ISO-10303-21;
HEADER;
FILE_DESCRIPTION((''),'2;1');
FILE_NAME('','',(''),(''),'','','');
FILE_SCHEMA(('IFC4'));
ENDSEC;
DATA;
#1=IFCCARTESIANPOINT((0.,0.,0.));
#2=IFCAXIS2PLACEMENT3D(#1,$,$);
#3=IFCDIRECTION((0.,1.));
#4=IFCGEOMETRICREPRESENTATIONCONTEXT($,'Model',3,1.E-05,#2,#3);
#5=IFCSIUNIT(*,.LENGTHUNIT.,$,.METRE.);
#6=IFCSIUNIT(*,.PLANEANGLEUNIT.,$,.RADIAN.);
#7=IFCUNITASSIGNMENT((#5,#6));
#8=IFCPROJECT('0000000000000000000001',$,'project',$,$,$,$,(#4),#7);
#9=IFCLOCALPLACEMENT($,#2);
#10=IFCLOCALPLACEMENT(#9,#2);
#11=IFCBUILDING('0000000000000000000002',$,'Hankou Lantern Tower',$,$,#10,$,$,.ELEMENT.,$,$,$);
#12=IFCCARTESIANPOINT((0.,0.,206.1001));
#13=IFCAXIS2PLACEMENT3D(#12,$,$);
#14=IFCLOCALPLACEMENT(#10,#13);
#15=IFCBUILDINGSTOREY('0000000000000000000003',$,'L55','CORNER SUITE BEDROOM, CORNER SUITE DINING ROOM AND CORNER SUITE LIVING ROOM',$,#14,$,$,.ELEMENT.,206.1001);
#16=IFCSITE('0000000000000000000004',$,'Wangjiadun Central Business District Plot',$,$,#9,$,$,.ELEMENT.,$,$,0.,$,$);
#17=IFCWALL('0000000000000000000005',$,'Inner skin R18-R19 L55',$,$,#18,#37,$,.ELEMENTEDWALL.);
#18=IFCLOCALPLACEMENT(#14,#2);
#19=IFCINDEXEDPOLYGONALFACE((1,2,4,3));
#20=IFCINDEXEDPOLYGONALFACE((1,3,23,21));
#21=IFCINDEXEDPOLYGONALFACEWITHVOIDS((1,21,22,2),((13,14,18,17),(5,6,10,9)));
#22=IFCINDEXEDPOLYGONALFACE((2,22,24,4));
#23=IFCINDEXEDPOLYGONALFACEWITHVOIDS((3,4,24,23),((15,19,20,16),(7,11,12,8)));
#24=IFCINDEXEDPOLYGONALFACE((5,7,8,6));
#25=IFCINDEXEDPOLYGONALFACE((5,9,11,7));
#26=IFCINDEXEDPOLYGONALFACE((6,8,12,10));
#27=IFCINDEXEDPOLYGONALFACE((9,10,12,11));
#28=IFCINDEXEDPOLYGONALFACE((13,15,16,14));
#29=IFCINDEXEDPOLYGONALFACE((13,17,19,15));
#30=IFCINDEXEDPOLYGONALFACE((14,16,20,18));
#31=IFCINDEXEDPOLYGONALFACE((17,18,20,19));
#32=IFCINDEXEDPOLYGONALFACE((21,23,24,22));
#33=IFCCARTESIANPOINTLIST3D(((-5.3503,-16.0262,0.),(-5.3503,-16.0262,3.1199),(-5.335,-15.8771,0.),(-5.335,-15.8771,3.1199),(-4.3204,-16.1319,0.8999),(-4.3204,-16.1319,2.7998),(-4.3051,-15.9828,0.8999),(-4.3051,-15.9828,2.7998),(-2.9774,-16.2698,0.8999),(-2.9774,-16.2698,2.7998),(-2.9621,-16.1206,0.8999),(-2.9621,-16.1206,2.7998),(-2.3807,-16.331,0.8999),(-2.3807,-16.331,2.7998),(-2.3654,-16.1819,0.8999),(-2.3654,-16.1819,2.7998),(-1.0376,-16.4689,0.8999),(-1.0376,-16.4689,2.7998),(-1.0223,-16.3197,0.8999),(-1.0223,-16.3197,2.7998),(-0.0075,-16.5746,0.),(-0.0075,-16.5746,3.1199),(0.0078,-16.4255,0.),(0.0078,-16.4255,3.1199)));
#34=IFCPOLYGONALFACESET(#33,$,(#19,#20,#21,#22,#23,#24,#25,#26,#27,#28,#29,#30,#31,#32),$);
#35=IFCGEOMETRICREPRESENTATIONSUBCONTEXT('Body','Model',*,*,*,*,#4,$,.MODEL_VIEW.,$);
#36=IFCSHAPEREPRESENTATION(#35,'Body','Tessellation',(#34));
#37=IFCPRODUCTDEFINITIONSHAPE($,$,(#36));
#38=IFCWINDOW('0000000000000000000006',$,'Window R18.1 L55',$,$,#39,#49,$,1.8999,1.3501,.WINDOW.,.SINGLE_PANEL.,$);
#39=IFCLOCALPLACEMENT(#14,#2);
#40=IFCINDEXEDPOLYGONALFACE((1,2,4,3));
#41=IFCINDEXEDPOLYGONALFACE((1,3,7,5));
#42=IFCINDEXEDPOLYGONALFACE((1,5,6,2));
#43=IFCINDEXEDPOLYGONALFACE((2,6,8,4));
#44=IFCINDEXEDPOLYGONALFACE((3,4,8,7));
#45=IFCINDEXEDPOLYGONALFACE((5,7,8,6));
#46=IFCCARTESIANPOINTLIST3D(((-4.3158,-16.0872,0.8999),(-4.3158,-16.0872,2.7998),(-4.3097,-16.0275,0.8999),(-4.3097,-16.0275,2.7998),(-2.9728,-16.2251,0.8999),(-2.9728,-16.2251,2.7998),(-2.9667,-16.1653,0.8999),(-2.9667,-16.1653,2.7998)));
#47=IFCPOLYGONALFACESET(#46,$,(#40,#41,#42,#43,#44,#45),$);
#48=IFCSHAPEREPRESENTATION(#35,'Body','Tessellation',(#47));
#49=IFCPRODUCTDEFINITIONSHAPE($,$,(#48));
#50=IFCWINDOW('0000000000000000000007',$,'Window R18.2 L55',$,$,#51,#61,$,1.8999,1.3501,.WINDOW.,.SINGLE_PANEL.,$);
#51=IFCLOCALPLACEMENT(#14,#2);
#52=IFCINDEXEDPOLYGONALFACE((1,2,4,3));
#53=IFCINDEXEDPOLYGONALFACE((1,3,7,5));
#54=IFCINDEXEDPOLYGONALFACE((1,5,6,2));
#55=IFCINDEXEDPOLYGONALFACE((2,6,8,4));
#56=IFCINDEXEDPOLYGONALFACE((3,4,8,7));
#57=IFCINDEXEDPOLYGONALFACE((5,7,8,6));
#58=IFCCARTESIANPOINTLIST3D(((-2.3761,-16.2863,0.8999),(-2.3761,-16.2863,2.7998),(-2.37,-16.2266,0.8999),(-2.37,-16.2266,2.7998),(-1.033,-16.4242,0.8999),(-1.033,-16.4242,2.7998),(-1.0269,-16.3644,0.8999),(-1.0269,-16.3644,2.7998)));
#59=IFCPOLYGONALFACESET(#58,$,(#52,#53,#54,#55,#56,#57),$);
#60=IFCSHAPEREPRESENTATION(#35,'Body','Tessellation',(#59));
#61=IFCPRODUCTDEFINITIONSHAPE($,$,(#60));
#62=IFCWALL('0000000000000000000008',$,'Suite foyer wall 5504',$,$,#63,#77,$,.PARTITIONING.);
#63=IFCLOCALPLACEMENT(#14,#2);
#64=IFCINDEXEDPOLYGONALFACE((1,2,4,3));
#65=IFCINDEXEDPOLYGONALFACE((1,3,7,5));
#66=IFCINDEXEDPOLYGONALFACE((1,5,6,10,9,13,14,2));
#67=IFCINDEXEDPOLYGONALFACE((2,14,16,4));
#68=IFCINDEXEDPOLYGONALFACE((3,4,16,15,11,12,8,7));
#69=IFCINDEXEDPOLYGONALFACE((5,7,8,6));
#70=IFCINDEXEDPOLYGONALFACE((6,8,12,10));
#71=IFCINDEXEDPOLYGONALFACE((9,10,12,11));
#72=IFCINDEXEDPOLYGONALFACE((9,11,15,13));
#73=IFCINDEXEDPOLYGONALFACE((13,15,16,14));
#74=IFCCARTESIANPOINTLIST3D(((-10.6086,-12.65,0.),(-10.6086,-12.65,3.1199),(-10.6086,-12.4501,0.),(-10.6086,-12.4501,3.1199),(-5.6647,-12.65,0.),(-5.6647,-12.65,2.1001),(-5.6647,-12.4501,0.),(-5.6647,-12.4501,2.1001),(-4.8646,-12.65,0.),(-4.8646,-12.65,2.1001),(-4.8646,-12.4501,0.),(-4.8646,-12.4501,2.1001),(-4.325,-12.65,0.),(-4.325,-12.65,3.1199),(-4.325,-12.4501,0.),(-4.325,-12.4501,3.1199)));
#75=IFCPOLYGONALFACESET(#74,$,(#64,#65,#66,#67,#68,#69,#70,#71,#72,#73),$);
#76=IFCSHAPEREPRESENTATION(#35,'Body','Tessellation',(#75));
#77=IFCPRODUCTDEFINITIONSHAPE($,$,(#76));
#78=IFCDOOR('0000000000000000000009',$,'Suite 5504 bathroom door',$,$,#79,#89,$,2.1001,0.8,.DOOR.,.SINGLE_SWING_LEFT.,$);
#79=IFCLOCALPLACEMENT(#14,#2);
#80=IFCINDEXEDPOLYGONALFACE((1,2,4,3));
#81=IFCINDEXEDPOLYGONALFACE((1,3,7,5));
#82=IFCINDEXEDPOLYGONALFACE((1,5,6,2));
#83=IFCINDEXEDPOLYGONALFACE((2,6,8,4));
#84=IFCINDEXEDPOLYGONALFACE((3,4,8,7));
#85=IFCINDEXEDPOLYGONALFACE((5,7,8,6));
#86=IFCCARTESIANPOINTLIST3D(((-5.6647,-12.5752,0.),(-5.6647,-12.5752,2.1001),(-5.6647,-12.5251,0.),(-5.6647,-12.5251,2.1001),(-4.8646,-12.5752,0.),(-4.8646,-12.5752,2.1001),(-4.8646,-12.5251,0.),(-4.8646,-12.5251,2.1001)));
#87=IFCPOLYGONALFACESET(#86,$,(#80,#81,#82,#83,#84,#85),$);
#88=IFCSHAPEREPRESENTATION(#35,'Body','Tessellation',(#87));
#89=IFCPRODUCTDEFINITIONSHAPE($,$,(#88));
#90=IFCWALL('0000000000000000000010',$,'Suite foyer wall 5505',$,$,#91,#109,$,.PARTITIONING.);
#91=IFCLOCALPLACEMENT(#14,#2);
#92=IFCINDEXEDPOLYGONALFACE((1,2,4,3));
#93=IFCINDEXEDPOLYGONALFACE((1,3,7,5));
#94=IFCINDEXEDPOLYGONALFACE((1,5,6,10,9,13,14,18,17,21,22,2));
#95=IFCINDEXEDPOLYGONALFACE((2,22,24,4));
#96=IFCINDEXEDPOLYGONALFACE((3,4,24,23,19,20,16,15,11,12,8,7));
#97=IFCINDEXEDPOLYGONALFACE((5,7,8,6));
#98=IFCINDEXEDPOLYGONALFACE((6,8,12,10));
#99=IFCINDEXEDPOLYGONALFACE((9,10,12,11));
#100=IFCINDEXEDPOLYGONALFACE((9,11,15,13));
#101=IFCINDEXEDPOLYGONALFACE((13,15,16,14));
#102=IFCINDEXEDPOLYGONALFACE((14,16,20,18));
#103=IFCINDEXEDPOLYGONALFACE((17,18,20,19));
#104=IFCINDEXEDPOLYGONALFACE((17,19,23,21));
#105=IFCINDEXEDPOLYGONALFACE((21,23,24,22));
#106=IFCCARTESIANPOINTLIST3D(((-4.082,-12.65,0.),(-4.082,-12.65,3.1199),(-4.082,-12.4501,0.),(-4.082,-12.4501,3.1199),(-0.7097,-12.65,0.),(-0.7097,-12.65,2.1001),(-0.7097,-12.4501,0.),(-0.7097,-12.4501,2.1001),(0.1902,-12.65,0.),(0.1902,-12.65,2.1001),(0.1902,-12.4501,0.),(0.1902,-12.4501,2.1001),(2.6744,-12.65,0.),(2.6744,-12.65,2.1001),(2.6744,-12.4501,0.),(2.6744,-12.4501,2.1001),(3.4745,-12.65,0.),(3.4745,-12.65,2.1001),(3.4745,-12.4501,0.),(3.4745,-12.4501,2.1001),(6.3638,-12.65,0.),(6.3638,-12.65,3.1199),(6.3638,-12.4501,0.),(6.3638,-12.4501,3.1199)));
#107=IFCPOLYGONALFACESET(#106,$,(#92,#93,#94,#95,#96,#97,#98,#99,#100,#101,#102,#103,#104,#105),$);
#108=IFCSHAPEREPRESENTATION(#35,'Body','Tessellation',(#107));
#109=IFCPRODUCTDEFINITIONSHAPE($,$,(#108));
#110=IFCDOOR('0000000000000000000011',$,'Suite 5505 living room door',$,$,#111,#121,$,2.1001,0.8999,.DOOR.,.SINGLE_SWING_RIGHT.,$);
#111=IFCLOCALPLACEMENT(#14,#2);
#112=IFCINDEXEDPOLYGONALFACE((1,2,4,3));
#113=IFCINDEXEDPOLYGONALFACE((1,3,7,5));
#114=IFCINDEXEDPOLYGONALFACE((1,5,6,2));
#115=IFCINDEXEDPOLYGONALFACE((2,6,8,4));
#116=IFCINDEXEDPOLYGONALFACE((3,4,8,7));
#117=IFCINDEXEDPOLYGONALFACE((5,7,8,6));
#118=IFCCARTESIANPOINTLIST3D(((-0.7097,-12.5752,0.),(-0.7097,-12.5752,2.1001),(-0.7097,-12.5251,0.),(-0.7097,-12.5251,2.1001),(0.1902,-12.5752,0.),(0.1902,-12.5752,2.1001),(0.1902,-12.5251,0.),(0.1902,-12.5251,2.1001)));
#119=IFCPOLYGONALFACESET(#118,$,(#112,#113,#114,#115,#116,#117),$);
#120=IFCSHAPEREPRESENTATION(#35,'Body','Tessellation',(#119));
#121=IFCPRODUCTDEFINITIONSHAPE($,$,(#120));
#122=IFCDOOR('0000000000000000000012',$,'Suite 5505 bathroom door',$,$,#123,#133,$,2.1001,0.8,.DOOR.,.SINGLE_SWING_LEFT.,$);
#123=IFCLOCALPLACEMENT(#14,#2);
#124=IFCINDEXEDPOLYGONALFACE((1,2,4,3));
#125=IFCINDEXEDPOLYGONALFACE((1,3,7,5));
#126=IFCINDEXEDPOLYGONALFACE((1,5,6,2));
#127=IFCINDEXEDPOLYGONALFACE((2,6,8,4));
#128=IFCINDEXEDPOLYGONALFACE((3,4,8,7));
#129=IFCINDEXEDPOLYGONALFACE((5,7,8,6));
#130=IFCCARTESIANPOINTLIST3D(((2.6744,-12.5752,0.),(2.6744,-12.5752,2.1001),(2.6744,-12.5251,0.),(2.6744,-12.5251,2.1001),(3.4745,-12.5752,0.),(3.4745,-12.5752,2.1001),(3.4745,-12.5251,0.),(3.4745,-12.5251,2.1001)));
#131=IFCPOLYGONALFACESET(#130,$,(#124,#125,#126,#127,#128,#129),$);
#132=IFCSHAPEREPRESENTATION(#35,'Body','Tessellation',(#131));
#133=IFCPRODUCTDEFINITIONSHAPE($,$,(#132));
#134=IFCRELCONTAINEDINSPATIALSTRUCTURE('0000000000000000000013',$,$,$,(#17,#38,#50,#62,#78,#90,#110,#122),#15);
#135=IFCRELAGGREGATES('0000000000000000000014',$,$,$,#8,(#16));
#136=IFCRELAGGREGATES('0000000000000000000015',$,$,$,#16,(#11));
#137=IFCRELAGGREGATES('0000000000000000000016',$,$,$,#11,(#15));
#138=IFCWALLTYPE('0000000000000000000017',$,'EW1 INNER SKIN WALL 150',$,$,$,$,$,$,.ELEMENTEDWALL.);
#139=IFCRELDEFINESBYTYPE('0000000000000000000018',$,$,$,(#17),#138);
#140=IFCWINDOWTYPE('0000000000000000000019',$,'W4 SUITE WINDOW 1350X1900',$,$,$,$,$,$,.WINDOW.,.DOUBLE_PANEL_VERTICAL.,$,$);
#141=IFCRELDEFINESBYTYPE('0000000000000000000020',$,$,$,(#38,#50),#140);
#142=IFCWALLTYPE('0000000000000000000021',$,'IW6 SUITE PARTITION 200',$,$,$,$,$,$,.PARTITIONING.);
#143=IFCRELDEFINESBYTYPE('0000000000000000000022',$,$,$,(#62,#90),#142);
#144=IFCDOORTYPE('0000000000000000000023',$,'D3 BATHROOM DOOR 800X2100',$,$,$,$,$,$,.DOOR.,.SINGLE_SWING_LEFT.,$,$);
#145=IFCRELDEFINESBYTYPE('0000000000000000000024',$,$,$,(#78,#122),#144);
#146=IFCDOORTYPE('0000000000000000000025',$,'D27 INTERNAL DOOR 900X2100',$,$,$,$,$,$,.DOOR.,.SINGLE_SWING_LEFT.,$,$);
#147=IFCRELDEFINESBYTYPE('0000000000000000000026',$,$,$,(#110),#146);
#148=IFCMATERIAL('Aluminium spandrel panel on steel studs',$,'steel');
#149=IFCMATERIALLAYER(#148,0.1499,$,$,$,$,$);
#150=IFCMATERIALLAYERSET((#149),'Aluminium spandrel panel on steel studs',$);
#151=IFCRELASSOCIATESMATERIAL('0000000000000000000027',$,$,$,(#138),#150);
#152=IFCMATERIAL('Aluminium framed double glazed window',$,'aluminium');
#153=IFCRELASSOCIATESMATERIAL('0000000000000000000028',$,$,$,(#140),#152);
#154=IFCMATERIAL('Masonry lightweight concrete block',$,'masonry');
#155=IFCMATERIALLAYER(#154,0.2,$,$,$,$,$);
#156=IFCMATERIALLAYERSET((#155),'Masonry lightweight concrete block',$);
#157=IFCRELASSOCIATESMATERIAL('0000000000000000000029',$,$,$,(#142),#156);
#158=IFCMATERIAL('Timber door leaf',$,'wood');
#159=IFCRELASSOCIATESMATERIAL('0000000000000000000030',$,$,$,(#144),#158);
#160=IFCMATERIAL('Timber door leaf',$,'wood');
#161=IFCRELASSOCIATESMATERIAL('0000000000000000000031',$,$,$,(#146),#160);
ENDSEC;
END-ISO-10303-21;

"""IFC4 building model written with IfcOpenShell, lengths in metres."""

from ifc_helpers import new_model, si_unit, direction, frame, frame_2d, origin, place, context, subcontext, project, spatial, rectangle, extrude, material, layer, layer_set, type_object, element, fill, save


model = new_model("IFC4")

# Units and contexts
model_context = context("Model", 3, precision=1e-05, world=origin(), true_north=direction((0.0, 1.0)))
body_context = subcontext(model_context, "Body", "Model", "MODEL_VIEW")
ifc_project = project(units=[si_unit("LENGTHUNIT", "METRE"), si_unit("PLANEANGLEUNIT", "RADIAN")], contexts=[model_context])

# Site, building, storey
site_placement = place(None, origin())
site = spatial("IfcSite", under=ifc_project, at=site_placement, Name="Wangjiadun Central Business District Plot", CompositionType="ELEMENT", RefElevation=0.0)
building_placement = place(site_placement, origin())
building = spatial("IfcBuilding", under=site, at=building_placement, Name="Hankou Lantern Tower", CompositionType="ELEMENT")
storey_placement = place(building_placement, frame((0.0, 0.0, 206.1001)))
storey = spatial("IfcBuildingStorey", under=building, at=storey_placement, Name="L55", Description="CORNER SUITE BEDROOM, CORNER SUITE DINING ROOM AND CORNER SUITE LIVING ROOM", CompositionType="ELEMENT", Elevation=206.1001)

# Wall, openings, windows
ifc_material_1 = material(Name="Aluminium spandrel panel on steel studs", Category="steel")
ifc_layer_1 = layer(ifc_material_1, 0.1499)
ifc_layer_set_1 = layer_set([ifc_layer_1], Name="Aluminium spandrel panel on steel studs")
wall_type_1 = type_object("IfcWallType", Name="EW1 INNER SKIN WALL 150", PredefinedType="ELEMENTEDWALL", material=ifc_layer_set_1)
ifc_material_2 = material(Name="Aluminium framed double glazed window", Category="aluminium")
window_type = type_object("IfcWindowType", Name="W4 SUITE WINDOW 1350X1900", PartitioningType="DOUBLE_PANEL_VERTICAL", PredefinedType="WINDOW", material=ifc_material_2)
wall_1_placement = place(storey_placement, frame((-5.3428, -15.9517, 0.0), z_axis=(0.0, 0.0, 1.0), x_axis=(0.994775, -0.102096, 0.0)))
wall_1 = element("IfcWall", 1, at=wall_1_placement, inside=storey, type_object=wall_type_1, Name="Inner skin R18-R19 L55", PredefinedType="ELEMENTEDWALL", context=body_context, shape_type="SweptSolid", body=[
    extrude(rectangle(XDim=5.3708, YDim=0.1499, at=frame_2d((2.6855, 0.0))), origin(), (0.0, 0.0, 1.0), 3.1199),
])
opening_1_placement = place(wall_1_placement, frame((1.0354, 0.0, 0.8999)))
opening_1 = element("IfcOpeningElement", 2, at=opening_1_placement, cuts=wall_1, PredefinedType="OPENING", context=body_context, shape_type="SweptSolid", body=[
    extrude(rectangle(XDim=1.3501, YDim=1.8999, at=frame_2d((0.675, 0.95))), frame((0.0, 0.085, 0.0), z_axis=(0.0, -1.0, 0.0), x_axis=(1.0, 0.0, 0.0)), (0.0, 0.0, 1.0), 0.1699),
])
opening_2_placement = place(wall_1_placement, frame((2.9854, 0.0, 0.8999)))
opening_2 = element("IfcOpeningElement", 3, at=opening_2_placement, cuts=wall_1, PredefinedType="OPENING", context=body_context, shape_type="SweptSolid", body=[
    extrude(rectangle(XDim=1.3501, YDim=1.8999, at=frame_2d((0.675, 0.95))), frame((0.0, 0.085, 0.0), z_axis=(0.0, -1.0, 0.0), x_axis=(1.0, 0.0, 0.0)), (0.0, 0.0, 1.0), 0.1699),
])
window_1_placement = place(opening_1_placement, origin())
window_1 = element("IfcWindow", 4, at=window_1_placement, inside=storey, type_object=window_type, Name="Window R18.1 L55", OverallHeight=1.8999, OverallWidth=1.3501, PartitioningType="SINGLE_PANEL", PredefinedType="WINDOW", context=body_context, shape_type="SweptSolid", body=[
    extrude(rectangle(XDim=1.3501, YDim=1.8999, at=frame_2d((0.675, 0.95))), frame((0.0, 0.03, 0.0), z_axis=(0.0, -1.0, 0.0), x_axis=(1.0, 0.0, 0.0)), (0.0, 0.0, 1.0), 0.0601),
])
fill(opening_1, window_1)
window_2_placement = place(opening_2_placement, origin())
window_2 = element("IfcWindow", 5, at=window_2_placement, inside=storey, type_object=window_type, Name="Window R18.2 L55", OverallHeight=1.8999, OverallWidth=1.3501, PartitioningType="SINGLE_PANEL", PredefinedType="WINDOW", context=body_context, shape_type="SweptSolid", body=[
    extrude(rectangle(XDim=1.3501, YDim=1.8999, at=frame_2d((0.675, 0.95))), frame((0.0, 0.03, 0.0), z_axis=(0.0, -1.0, 0.0), x_axis=(1.0, 0.0, 0.0)), (0.0, 0.0, 1.0), 0.0601),
])
fill(opening_2, window_2)

# Wall, opening, door
ifc_material_3 = material(Name="Masonry lightweight concrete block", Category="masonry")
ifc_layer_2 = layer(ifc_material_3, 0.2)
ifc_layer_set_2 = layer_set([ifc_layer_2], Name="Masonry lightweight concrete block")
wall_type_2 = type_object("IfcWallType", Name="IW6 SUITE PARTITION 200", PredefinedType="PARTITIONING", material=ifc_layer_set_2)
wall_2_placement = place(storey_placement, frame((-10.6086, -12.55, 0.0), z_axis=(0.0, 0.0, 1.0), x_axis=(1.0, 0.0, 0.0)))
wall_2 = element("IfcWall", 6, at=wall_2_placement, inside=storey, type_object=wall_type_2, Name="Suite foyer wall 5504", PredefinedType="PARTITIONING", context=body_context, shape_type="SweptSolid", body=[
    extrude(rectangle(XDim=6.2837, YDim=0.2, at=frame_2d((3.1418, 0.0))), origin(), (0.0, 0.0, 1.0), 3.1199),
])
opening_3_placement = place(wall_2_placement, frame((4.9441, 0.0, 0.0)))
opening_3 = element("IfcOpeningElement", 7, at=opening_3_placement, cuts=wall_2, PredefinedType="OPENING", context=body_context, shape_type="SweptSolid", body=[
    extrude(rectangle(XDim=0.8, YDim=2.1001, at=frame_2d((0.3999, 1.05))), frame((0.0, 0.1099, 0.0), z_axis=(0.0, -1.0, 0.0), x_axis=(1.0, 0.0, 0.0)), (0.0, 0.0, 1.0), 0.22),
])
ifc_material_4 = material(Name="Timber door leaf", Category="wood")
door_type_1 = type_object("IfcDoorType", Name="D3 BATHROOM DOOR 800X2100", OperationType="SINGLE_SWING_LEFT", PredefinedType="DOOR", material=ifc_material_4)
door_1_placement = place(opening_3_placement, origin())
door_1 = element("IfcDoor", 8, at=door_1_placement, inside=storey, type_object=door_type_1, Name="Suite 5504 bathroom door", OperationType="SINGLE_SWING_LEFT", OverallHeight=2.1001, OverallWidth=0.8, PredefinedType="DOOR", context=body_context, shape_type="SweptSolid", body=[
    extrude(rectangle(XDim=0.8, YDim=2.1001, at=frame_2d((0.3999, 1.05))), frame((0.0, 0.0249, 0.0), z_axis=(0.0, -1.0, 0.0), x_axis=(1.0, 0.0, 0.0)), (0.0, 0.0, 1.0), 0.05),
])
fill(opening_3, door_1)

# Wall, openings, doors
wall_3_placement = place(storey_placement, frame((-4.082, -12.55, 0.0), z_axis=(0.0, 0.0, 1.0), x_axis=(1.0, 0.0, 0.0)))
wall_3 = element("IfcWall", 9, at=wall_3_placement, inside=storey, type_object=wall_type_2, Name="Suite foyer wall 5505", PredefinedType="PARTITIONING", context=body_context, shape_type="SweptSolid", body=[
    extrude(rectangle(XDim=10.4458, YDim=0.2, at=frame_2d((5.2229, 0.0))), origin(), (0.0, 0.0, 1.0), 3.1199),
])
opening_4_placement = place(wall_3_placement, frame((6.7566, 0.0, 0.0)))
opening_4 = element("IfcOpeningElement", 10, at=opening_4_placement, cuts=wall_3, PredefinedType="OPENING", context=body_context, shape_type="SweptSolid", body=[
    extrude(rectangle(XDim=0.8, YDim=2.1001, at=frame_2d((0.3999, 1.05))), frame((0.0, 0.1099, 0.0), z_axis=(0.0, -1.0, 0.0), x_axis=(1.0, 0.0, 0.0)), (0.0, 0.0, 1.0), 0.22),
])
opening_5_placement = place(wall_3_placement, frame((3.3723, 0.0, 0.0)))
opening_5 = element("IfcOpeningElement", 11, at=opening_5_placement, cuts=wall_3, PredefinedType="OPENING", context=body_context, shape_type="SweptSolid", body=[
    extrude(rectangle(XDim=0.8999, YDim=2.1001, at=frame_2d((0.45, 1.05))), frame((0.0, 0.1099, 0.0), z_axis=(0.0, -1.0, 0.0), x_axis=(1.0, 0.0, 0.0)), (0.0, 0.0, 1.0), 0.22),
])
ifc_material_5 = material(Name="Timber door leaf", Category="wood")
door_type_2 = type_object("IfcDoorType", Name="D27 INTERNAL DOOR 900X2100", OperationType="SINGLE_SWING_LEFT", PredefinedType="DOOR", material=ifc_material_5)
door_2_placement = place(opening_5_placement, origin())
door_2 = element("IfcDoor", 12, at=door_2_placement, inside=storey, type_object=door_type_2, Name="Suite 5505 living room door", OperationType="SINGLE_SWING_RIGHT", OverallHeight=2.1001, OverallWidth=0.8999, PredefinedType="DOOR", context=body_context, shape_type="SweptSolid", body=[
    extrude(rectangle(XDim=0.8999, YDim=2.1001, at=frame_2d((0.45, 1.05))), frame((0.0, 0.0249, 0.0), z_axis=(0.0, -1.0, 0.0), x_axis=(1.0, 0.0, 0.0)), (0.0, 0.0, 1.0), 0.05),
])
fill(opening_5, door_2)
door_3_placement = place(opening_4_placement, origin())
door_3 = element("IfcDoor", 13, at=door_3_placement, inside=storey, type_object=door_type_1, Name="Suite 5505 bathroom door", OperationType="SINGLE_SWING_LEFT", OverallHeight=2.1001, OverallWidth=0.8, PredefinedType="DOOR", context=body_context, shape_type="SweptSolid", body=[
    extrude(rectangle(XDim=0.8, YDim=2.1001, at=frame_2d((0.3999, 1.05))), frame((0.0, 0.0249, 0.0), z_axis=(0.0, -1.0, 0.0), x_axis=(1.0, 0.0, 0.0)), (0.0, 0.0, 1.0), 0.05),
])
fill(opening_4, door_3)

save(model, "model.ifc")
